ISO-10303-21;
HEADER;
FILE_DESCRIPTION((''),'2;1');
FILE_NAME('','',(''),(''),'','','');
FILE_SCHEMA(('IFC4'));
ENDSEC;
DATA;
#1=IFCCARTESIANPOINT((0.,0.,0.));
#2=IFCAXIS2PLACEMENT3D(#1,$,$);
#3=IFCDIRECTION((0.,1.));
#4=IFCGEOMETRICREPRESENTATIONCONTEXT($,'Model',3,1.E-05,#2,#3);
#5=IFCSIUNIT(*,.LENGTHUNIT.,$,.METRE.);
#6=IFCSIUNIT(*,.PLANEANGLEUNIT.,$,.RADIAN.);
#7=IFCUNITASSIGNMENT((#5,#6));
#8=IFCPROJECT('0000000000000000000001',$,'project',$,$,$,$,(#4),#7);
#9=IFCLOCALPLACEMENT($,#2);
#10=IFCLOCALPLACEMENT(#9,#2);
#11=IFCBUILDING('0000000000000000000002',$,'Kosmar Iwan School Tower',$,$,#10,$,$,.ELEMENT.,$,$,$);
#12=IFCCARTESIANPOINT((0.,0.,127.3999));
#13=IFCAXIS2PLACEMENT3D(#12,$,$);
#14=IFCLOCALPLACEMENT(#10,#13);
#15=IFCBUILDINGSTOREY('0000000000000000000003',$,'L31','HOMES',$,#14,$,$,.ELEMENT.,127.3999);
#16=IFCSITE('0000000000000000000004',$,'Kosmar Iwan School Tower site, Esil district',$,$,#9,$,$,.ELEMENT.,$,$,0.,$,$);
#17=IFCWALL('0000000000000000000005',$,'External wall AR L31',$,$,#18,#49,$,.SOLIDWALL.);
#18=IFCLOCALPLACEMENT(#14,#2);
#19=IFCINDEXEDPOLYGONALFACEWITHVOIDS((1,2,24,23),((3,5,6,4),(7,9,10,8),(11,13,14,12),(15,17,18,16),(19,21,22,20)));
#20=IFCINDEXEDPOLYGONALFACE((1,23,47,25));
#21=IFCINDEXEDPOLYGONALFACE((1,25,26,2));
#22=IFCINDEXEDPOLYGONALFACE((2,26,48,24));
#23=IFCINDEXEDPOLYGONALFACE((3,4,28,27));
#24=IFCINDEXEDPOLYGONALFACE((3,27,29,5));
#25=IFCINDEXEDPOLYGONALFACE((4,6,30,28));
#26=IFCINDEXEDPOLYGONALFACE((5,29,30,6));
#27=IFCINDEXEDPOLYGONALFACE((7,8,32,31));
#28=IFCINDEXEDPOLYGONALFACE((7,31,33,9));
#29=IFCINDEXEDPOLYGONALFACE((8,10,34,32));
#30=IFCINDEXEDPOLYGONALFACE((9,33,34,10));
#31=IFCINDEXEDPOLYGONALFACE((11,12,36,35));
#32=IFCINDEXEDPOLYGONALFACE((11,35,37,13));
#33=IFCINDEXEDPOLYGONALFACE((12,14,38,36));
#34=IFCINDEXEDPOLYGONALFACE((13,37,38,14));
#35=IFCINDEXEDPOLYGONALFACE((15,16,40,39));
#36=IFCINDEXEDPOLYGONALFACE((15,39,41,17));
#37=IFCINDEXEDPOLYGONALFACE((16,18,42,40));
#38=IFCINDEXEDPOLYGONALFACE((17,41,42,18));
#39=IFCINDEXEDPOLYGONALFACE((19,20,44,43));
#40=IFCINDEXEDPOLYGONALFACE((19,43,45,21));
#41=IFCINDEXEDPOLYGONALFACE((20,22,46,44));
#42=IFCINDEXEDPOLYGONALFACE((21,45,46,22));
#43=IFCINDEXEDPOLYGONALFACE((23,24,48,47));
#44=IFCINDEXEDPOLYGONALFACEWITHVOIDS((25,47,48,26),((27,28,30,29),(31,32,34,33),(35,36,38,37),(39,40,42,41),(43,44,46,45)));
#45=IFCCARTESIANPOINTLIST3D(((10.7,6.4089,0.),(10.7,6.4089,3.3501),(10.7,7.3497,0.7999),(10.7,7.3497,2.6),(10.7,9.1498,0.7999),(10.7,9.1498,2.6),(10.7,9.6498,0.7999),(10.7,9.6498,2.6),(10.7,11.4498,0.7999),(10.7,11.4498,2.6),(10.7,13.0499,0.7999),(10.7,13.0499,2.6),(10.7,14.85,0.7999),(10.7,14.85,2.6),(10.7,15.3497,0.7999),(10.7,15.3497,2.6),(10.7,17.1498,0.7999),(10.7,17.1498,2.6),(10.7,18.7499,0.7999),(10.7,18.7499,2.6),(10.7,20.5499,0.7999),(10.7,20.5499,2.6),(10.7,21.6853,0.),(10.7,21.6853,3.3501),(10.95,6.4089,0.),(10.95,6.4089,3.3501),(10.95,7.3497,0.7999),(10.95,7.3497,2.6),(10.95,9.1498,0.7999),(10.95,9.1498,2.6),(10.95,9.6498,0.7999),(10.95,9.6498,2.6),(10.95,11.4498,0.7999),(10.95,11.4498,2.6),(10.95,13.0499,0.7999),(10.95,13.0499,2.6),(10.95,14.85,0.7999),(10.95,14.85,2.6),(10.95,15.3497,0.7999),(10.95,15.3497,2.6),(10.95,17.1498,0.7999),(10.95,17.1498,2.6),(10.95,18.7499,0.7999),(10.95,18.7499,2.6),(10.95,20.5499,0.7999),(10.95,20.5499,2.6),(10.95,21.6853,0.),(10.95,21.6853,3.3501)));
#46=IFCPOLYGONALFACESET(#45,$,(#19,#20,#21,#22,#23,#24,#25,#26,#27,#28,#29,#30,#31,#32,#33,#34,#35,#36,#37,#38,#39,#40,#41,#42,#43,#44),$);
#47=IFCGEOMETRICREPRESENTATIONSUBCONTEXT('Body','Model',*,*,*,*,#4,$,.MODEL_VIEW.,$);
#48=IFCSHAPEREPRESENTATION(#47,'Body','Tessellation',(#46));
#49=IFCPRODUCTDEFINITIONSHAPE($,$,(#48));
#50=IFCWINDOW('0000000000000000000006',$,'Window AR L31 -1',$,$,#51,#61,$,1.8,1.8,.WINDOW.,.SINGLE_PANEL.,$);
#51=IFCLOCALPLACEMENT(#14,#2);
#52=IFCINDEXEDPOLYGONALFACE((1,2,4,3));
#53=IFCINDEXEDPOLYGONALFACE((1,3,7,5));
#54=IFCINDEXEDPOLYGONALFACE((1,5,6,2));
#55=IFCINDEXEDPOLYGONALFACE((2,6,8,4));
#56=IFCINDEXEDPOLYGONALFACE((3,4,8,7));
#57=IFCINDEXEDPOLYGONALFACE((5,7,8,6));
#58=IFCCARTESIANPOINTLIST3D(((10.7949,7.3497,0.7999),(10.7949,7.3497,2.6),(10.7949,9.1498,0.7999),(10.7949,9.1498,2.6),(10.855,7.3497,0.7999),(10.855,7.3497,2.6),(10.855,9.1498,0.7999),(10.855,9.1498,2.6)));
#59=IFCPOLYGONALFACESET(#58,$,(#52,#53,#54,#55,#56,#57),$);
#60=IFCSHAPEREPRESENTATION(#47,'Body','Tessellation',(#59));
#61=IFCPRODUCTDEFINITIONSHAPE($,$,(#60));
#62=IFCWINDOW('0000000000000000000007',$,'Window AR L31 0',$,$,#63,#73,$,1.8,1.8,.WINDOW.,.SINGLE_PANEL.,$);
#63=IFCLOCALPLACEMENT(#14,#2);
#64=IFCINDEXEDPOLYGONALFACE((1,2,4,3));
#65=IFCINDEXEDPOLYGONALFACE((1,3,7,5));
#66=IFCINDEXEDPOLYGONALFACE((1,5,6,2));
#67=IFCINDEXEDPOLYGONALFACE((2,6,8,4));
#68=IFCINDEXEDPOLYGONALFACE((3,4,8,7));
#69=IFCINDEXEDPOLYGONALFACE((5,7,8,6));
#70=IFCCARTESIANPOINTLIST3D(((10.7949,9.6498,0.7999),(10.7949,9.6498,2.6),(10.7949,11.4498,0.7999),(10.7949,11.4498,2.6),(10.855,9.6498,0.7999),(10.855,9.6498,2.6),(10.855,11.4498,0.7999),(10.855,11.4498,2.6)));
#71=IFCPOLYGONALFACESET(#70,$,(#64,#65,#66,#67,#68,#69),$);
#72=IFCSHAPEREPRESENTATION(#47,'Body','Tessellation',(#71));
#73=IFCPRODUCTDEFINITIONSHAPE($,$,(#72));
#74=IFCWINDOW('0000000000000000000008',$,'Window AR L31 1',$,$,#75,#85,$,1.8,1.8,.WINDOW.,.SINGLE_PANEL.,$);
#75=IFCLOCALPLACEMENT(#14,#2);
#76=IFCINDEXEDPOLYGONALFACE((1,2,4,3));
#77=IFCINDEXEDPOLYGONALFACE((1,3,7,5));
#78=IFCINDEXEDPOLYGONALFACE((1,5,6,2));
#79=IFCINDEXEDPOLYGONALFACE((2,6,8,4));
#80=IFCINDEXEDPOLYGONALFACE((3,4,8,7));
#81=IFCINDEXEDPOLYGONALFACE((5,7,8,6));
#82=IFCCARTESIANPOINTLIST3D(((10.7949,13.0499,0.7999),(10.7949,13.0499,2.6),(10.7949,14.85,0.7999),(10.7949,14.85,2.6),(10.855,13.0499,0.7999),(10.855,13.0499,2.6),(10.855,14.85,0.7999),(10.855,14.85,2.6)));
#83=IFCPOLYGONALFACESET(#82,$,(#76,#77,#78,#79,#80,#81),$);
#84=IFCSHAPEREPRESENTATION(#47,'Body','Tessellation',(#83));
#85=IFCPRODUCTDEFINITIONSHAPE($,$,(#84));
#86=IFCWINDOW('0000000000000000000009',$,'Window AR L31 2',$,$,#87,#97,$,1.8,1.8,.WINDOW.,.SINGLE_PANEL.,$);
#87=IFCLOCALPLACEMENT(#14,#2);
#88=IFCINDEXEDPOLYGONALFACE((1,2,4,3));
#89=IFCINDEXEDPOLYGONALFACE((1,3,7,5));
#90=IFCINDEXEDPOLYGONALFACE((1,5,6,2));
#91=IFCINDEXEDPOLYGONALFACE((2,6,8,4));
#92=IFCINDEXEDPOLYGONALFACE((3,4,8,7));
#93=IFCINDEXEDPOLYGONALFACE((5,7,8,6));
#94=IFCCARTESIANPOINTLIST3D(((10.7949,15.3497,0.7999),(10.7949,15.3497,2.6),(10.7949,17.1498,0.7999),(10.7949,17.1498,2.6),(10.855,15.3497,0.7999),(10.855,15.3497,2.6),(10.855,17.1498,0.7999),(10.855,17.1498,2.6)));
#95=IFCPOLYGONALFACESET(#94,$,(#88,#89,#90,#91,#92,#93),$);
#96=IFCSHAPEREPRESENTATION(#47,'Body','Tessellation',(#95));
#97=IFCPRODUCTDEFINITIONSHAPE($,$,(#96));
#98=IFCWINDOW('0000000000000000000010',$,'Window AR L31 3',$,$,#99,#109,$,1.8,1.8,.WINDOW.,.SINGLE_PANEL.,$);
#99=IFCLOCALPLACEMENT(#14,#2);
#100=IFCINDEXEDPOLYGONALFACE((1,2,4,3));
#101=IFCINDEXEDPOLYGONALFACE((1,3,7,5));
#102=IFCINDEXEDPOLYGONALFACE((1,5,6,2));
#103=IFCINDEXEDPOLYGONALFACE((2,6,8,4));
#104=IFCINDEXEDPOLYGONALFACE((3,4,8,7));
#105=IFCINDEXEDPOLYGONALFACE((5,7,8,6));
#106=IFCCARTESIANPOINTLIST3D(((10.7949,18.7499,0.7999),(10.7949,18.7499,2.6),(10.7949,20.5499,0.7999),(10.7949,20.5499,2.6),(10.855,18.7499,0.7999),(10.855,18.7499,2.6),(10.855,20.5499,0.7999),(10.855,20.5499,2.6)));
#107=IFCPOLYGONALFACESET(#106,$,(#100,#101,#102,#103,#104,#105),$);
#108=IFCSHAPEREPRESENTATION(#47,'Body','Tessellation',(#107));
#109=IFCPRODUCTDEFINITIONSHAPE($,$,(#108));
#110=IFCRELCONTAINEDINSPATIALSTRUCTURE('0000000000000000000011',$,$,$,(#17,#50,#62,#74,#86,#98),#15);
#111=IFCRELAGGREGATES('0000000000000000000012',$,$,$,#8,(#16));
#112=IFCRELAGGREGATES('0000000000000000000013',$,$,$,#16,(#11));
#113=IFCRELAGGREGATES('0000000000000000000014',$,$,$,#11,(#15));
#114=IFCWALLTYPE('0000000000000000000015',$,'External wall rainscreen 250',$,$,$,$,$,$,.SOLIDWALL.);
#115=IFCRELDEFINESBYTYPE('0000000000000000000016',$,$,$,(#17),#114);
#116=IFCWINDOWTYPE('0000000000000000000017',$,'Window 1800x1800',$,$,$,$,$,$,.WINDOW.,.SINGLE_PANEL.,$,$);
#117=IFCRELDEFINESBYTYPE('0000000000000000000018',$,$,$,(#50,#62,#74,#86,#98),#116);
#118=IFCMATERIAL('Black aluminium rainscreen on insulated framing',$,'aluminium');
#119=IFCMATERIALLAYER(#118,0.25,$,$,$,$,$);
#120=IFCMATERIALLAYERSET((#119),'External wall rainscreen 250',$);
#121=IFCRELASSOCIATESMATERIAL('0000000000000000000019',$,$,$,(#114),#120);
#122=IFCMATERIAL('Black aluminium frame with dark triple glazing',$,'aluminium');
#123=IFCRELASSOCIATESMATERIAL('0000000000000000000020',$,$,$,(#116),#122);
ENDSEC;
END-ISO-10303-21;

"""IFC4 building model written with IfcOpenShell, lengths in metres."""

from ifc_helpers import new_model, si_unit, direction, frame, frame_2d, origin, place, context, subcontext, project, spatial, rectangle, extrude, material, layer, layer_set, type_object, element, fill, save


model = new_model("IFC4")

# Units and contexts
model_context = context("Model", 3, precision=1e-05, world=origin(), true_north=direction((0.0, 1.0)))
body_context = subcontext(model_context, "Body", "Model", "MODEL_VIEW")
ifc_project = project(units=[si_unit("LENGTHUNIT", "METRE"), si_unit("PLANEANGLEUNIT", "RADIAN")], contexts=[model_context])

# Site, building, storey
site_placement = place(None, origin())
site = spatial("IfcSite", under=ifc_project, at=site_placement, Name="Kosmar Iwan School Tower site, Esil district", CompositionType="ELEMENT", RefElevation=0.0)
building_placement = place(site_placement, origin())
building = spatial("IfcBuilding", under=site, at=building_placement, Name="Kosmar Iwan School Tower", CompositionType="ELEMENT")
storey_placement = place(building_placement, frame((0.0, 0.0, 127.3999)))
storey = spatial("IfcBuildingStorey", under=building, at=storey_placement, Name="L31", Description="HOMES", CompositionType="ELEMENT", Elevation=127.3999)

# Wall, openings, windows
ifc_material_1 = material(Name="Black aluminium rainscreen on insulated framing", Category="aluminium")
ifc_layer = layer(ifc_material_1, 0.25)
ifc_layer_set = layer_set([ifc_layer], Name="External wall rainscreen 250")
wall_type = type_object("IfcWallType", Name="External wall rainscreen 250", PredefinedType="SOLIDWALL", material=ifc_layer_set)
ifc_material_2 = material(Name="Black aluminium frame with dark triple glazing", Category="aluminium")
window_type = type_object("IfcWindowType", Name="Window 1800x1800", PartitioningType="SINGLE_PANEL", PredefinedType="WINDOW", material=ifc_material_2)
wall_1_placement = place(storey_placement, frame((10.825, 6.4089, 0.0), z_axis=(0.0, 0.0, 1.0), x_axis=(0.0, 1.0, 0.0)))
wall_1 = element("IfcWall", 1, at=wall_1_placement, inside=storey, type_object=wall_type, Name="External wall AR L31", PredefinedType="SOLIDWALL", context=body_context, shape_type="SweptSolid", body=[
    extrude(rectangle(XDim=15.2764, YDim=0.25, at=frame_2d((7.6382, 0.0))), origin(), (0.0, 0.0, 1.0), 3.3501),
])
opening_1_placement = place(wall_1_placement, frame((0.9409, 0.0, 0.8)))
opening_1 = element("IfcOpeningElement", 2, at=opening_1_placement, cuts=wall_1, PredefinedType="OPENING", context=body_context, shape_type="SweptSolid", body=[
    extrude(rectangle(XDim=1.8, YDim=1.8, at=frame_2d((0.8999, 0.8999))), frame((0.0, 0.137, 0.0), z_axis=(0.0, -1.0, 0.0), x_axis=(1.0, 0.0, 0.0)), (0.0, 0.0, 1.0), 0.2739),
])
opening_2_placement = place(wall_1_placement, frame((3.241, 0.0, 0.8)))
opening_2 = element("IfcOpeningElement", 3, at=opening_2_placement, cuts=wall_1, PredefinedType="OPENING", context=body_context, shape_type="SweptSolid", body=[
    extrude(rectangle(XDim=1.8, YDim=1.8, at=frame_2d((0.8999, 0.8999))), frame((0.0, 0.137, 0.0), z_axis=(0.0, -1.0, 0.0), x_axis=(1.0, 0.0, 0.0)), (0.0, 0.0, 1.0), 0.2739),
])
opening_3_placement = place(wall_1_placement, frame((6.6411, 0.0, 0.8)))
opening_3 = element("IfcOpeningElement", 4, at=opening_3_placement, cuts=wall_1, PredefinedType="OPENING", context=body_context, shape_type="SweptSolid", body=[
    extrude(rectangle(XDim=1.8, YDim=1.8, at=frame_2d((0.8999, 0.8999))), frame((0.0, 0.137, 0.0), z_axis=(0.0, -1.0, 0.0), x_axis=(1.0, 0.0, 0.0)), (0.0, 0.0, 1.0), 0.2739),
])
opening_4_placement = place(wall_1_placement, frame((8.9409, 0.0, 0.8)))
opening_4 = element("IfcOpeningElement", 5, at=opening_4_placement, cuts=wall_1, PredefinedType="OPENING", context=body_context, shape_type="SweptSolid", body=[
    extrude(rectangle(XDim=1.8, YDim=1.8, at=frame_2d((0.8999, 0.8999))), frame((0.0, 0.137, 0.0), z_axis=(0.0, -1.0, 0.0), x_axis=(1.0, 0.0, 0.0)), (0.0, 0.0, 1.0), 0.2739),
])
opening_5_placement = place(wall_1_placement, frame((12.3411, 0.0, 0.8)))
opening_5 = element("IfcOpeningElement", 6, at=opening_5_placement, cuts=wall_1, PredefinedType="OPENING", context=body_context, shape_type="SweptSolid", body=[
    extrude(rectangle(XDim=1.8, YDim=1.8, at=frame_2d((0.8999, 0.8999))), frame((0.0, 0.137, 0.0), z_axis=(0.0, -1.0, 0.0), x_axis=(1.0, 0.0, 0.0)), (0.0, 0.0, 1.0), 0.2739),
])
window_1_placement = place(opening_1_placement, origin())
window_1 = element("IfcWindow", 7, at=window_1_placement, inside=storey, type_object=window_type, Name="Window AR L31 -1", OverallHeight=1.8, OverallWidth=1.8, PartitioningType="SINGLE_PANEL", PredefinedType="WINDOW", context=body_context, shape_type="SweptSolid", body=[
    extrude(rectangle(XDim=1.8, YDim=1.8, at=frame_2d((0.8999, 0.8999))), frame((0.0, 0.03, 0.0), z_axis=(0.0, -1.0, 0.0), x_axis=(1.0, 0.0, 0.0)), (0.0, 0.0, 1.0), 0.0601),
])
fill(opening_1, window_1)
window_2_placement = place(opening_2_placement, origin())
window_2 = element("IfcWindow", 8, at=window_2_placement, inside=storey, type_object=window_type, Name="Window AR L31 0", OverallHeight=1.8, OverallWidth=1.8, PartitioningType="SINGLE_PANEL", PredefinedType="WINDOW", context=body_context, shape_type="SweptSolid", body=[
    extrude(rectangle(XDim=1.8, YDim=1.8, at=frame_2d((0.8999, 0.8999))), frame((0.0, 0.03, 0.0), z_axis=(0.0, -1.0, 0.0), x_axis=(1.0, 0.0, 0.0)), (0.0, 0.0, 1.0), 0.0601),
])
fill(opening_2, window_2)
window_3_placement = place(opening_3_placement, origin())
window_3 = element("IfcWindow", 9, at=window_3_placement, inside=storey, type_object=window_type, Name="Window AR L31 1", OverallHeight=1.8, OverallWidth=1.8, PartitioningType="SINGLE_PANEL", PredefinedType="WINDOW", context=body_context, shape_type="SweptSolid", body=[
    extrude(rectangle(XDim=1.8, YDim=1.8, at=frame_2d((0.8999, 0.8999))), frame((0.0, 0.03, 0.0), z_axis=(0.0, -1.0, 0.0), x_axis=(1.0, 0.0, 0.0)), (0.0, 0.0, 1.0), 0.0601),
])
fill(opening_3, window_3)
window_4_placement = place(opening_4_placement, origin())
window_4 = element("IfcWindow", 10, at=window_4_placement, inside=storey, type_object=window_type, Name="Window AR L31 2", OverallHeight=1.8, OverallWidth=1.8, PartitioningType="SINGLE_PANEL", PredefinedType="WINDOW", context=body_context, shape_type="SweptSolid", body=[
    extrude(rectangle(XDim=1.8, YDim=1.8, at=frame_2d((0.8999, 0.8999))), frame((0.0, 0.03, 0.0), z_axis=(0.0, -1.0, 0.0), x_axis=(1.0, 0.0, 0.0)), (0.0, 0.0, 1.0), 0.0601),
])
fill(opening_4, window_4)
window_5_placement = place(opening_5_placement, origin())
window_5 = element("IfcWindow", 11, at=window_5_placement, inside=storey, type_object=window_type, Name="Window AR L31 3", OverallHeight=1.8, OverallWidth=1.8, PartitioningType="SINGLE_PANEL", PredefinedType="WINDOW", context=body_context, shape_type="SweptSolid", body=[
    extrude(rectangle(XDim=1.8, YDim=1.8, at=frame_2d((0.8999, 0.8999))), frame((0.0, 0.03, 0.0), z_axis=(0.0, -1.0, 0.0), x_axis=(1.0, 0.0, 0.0)), (0.0, 0.0, 1.0), 0.0601),
])
fill(opening_5, window_5)

save(model, "model.ifc")
